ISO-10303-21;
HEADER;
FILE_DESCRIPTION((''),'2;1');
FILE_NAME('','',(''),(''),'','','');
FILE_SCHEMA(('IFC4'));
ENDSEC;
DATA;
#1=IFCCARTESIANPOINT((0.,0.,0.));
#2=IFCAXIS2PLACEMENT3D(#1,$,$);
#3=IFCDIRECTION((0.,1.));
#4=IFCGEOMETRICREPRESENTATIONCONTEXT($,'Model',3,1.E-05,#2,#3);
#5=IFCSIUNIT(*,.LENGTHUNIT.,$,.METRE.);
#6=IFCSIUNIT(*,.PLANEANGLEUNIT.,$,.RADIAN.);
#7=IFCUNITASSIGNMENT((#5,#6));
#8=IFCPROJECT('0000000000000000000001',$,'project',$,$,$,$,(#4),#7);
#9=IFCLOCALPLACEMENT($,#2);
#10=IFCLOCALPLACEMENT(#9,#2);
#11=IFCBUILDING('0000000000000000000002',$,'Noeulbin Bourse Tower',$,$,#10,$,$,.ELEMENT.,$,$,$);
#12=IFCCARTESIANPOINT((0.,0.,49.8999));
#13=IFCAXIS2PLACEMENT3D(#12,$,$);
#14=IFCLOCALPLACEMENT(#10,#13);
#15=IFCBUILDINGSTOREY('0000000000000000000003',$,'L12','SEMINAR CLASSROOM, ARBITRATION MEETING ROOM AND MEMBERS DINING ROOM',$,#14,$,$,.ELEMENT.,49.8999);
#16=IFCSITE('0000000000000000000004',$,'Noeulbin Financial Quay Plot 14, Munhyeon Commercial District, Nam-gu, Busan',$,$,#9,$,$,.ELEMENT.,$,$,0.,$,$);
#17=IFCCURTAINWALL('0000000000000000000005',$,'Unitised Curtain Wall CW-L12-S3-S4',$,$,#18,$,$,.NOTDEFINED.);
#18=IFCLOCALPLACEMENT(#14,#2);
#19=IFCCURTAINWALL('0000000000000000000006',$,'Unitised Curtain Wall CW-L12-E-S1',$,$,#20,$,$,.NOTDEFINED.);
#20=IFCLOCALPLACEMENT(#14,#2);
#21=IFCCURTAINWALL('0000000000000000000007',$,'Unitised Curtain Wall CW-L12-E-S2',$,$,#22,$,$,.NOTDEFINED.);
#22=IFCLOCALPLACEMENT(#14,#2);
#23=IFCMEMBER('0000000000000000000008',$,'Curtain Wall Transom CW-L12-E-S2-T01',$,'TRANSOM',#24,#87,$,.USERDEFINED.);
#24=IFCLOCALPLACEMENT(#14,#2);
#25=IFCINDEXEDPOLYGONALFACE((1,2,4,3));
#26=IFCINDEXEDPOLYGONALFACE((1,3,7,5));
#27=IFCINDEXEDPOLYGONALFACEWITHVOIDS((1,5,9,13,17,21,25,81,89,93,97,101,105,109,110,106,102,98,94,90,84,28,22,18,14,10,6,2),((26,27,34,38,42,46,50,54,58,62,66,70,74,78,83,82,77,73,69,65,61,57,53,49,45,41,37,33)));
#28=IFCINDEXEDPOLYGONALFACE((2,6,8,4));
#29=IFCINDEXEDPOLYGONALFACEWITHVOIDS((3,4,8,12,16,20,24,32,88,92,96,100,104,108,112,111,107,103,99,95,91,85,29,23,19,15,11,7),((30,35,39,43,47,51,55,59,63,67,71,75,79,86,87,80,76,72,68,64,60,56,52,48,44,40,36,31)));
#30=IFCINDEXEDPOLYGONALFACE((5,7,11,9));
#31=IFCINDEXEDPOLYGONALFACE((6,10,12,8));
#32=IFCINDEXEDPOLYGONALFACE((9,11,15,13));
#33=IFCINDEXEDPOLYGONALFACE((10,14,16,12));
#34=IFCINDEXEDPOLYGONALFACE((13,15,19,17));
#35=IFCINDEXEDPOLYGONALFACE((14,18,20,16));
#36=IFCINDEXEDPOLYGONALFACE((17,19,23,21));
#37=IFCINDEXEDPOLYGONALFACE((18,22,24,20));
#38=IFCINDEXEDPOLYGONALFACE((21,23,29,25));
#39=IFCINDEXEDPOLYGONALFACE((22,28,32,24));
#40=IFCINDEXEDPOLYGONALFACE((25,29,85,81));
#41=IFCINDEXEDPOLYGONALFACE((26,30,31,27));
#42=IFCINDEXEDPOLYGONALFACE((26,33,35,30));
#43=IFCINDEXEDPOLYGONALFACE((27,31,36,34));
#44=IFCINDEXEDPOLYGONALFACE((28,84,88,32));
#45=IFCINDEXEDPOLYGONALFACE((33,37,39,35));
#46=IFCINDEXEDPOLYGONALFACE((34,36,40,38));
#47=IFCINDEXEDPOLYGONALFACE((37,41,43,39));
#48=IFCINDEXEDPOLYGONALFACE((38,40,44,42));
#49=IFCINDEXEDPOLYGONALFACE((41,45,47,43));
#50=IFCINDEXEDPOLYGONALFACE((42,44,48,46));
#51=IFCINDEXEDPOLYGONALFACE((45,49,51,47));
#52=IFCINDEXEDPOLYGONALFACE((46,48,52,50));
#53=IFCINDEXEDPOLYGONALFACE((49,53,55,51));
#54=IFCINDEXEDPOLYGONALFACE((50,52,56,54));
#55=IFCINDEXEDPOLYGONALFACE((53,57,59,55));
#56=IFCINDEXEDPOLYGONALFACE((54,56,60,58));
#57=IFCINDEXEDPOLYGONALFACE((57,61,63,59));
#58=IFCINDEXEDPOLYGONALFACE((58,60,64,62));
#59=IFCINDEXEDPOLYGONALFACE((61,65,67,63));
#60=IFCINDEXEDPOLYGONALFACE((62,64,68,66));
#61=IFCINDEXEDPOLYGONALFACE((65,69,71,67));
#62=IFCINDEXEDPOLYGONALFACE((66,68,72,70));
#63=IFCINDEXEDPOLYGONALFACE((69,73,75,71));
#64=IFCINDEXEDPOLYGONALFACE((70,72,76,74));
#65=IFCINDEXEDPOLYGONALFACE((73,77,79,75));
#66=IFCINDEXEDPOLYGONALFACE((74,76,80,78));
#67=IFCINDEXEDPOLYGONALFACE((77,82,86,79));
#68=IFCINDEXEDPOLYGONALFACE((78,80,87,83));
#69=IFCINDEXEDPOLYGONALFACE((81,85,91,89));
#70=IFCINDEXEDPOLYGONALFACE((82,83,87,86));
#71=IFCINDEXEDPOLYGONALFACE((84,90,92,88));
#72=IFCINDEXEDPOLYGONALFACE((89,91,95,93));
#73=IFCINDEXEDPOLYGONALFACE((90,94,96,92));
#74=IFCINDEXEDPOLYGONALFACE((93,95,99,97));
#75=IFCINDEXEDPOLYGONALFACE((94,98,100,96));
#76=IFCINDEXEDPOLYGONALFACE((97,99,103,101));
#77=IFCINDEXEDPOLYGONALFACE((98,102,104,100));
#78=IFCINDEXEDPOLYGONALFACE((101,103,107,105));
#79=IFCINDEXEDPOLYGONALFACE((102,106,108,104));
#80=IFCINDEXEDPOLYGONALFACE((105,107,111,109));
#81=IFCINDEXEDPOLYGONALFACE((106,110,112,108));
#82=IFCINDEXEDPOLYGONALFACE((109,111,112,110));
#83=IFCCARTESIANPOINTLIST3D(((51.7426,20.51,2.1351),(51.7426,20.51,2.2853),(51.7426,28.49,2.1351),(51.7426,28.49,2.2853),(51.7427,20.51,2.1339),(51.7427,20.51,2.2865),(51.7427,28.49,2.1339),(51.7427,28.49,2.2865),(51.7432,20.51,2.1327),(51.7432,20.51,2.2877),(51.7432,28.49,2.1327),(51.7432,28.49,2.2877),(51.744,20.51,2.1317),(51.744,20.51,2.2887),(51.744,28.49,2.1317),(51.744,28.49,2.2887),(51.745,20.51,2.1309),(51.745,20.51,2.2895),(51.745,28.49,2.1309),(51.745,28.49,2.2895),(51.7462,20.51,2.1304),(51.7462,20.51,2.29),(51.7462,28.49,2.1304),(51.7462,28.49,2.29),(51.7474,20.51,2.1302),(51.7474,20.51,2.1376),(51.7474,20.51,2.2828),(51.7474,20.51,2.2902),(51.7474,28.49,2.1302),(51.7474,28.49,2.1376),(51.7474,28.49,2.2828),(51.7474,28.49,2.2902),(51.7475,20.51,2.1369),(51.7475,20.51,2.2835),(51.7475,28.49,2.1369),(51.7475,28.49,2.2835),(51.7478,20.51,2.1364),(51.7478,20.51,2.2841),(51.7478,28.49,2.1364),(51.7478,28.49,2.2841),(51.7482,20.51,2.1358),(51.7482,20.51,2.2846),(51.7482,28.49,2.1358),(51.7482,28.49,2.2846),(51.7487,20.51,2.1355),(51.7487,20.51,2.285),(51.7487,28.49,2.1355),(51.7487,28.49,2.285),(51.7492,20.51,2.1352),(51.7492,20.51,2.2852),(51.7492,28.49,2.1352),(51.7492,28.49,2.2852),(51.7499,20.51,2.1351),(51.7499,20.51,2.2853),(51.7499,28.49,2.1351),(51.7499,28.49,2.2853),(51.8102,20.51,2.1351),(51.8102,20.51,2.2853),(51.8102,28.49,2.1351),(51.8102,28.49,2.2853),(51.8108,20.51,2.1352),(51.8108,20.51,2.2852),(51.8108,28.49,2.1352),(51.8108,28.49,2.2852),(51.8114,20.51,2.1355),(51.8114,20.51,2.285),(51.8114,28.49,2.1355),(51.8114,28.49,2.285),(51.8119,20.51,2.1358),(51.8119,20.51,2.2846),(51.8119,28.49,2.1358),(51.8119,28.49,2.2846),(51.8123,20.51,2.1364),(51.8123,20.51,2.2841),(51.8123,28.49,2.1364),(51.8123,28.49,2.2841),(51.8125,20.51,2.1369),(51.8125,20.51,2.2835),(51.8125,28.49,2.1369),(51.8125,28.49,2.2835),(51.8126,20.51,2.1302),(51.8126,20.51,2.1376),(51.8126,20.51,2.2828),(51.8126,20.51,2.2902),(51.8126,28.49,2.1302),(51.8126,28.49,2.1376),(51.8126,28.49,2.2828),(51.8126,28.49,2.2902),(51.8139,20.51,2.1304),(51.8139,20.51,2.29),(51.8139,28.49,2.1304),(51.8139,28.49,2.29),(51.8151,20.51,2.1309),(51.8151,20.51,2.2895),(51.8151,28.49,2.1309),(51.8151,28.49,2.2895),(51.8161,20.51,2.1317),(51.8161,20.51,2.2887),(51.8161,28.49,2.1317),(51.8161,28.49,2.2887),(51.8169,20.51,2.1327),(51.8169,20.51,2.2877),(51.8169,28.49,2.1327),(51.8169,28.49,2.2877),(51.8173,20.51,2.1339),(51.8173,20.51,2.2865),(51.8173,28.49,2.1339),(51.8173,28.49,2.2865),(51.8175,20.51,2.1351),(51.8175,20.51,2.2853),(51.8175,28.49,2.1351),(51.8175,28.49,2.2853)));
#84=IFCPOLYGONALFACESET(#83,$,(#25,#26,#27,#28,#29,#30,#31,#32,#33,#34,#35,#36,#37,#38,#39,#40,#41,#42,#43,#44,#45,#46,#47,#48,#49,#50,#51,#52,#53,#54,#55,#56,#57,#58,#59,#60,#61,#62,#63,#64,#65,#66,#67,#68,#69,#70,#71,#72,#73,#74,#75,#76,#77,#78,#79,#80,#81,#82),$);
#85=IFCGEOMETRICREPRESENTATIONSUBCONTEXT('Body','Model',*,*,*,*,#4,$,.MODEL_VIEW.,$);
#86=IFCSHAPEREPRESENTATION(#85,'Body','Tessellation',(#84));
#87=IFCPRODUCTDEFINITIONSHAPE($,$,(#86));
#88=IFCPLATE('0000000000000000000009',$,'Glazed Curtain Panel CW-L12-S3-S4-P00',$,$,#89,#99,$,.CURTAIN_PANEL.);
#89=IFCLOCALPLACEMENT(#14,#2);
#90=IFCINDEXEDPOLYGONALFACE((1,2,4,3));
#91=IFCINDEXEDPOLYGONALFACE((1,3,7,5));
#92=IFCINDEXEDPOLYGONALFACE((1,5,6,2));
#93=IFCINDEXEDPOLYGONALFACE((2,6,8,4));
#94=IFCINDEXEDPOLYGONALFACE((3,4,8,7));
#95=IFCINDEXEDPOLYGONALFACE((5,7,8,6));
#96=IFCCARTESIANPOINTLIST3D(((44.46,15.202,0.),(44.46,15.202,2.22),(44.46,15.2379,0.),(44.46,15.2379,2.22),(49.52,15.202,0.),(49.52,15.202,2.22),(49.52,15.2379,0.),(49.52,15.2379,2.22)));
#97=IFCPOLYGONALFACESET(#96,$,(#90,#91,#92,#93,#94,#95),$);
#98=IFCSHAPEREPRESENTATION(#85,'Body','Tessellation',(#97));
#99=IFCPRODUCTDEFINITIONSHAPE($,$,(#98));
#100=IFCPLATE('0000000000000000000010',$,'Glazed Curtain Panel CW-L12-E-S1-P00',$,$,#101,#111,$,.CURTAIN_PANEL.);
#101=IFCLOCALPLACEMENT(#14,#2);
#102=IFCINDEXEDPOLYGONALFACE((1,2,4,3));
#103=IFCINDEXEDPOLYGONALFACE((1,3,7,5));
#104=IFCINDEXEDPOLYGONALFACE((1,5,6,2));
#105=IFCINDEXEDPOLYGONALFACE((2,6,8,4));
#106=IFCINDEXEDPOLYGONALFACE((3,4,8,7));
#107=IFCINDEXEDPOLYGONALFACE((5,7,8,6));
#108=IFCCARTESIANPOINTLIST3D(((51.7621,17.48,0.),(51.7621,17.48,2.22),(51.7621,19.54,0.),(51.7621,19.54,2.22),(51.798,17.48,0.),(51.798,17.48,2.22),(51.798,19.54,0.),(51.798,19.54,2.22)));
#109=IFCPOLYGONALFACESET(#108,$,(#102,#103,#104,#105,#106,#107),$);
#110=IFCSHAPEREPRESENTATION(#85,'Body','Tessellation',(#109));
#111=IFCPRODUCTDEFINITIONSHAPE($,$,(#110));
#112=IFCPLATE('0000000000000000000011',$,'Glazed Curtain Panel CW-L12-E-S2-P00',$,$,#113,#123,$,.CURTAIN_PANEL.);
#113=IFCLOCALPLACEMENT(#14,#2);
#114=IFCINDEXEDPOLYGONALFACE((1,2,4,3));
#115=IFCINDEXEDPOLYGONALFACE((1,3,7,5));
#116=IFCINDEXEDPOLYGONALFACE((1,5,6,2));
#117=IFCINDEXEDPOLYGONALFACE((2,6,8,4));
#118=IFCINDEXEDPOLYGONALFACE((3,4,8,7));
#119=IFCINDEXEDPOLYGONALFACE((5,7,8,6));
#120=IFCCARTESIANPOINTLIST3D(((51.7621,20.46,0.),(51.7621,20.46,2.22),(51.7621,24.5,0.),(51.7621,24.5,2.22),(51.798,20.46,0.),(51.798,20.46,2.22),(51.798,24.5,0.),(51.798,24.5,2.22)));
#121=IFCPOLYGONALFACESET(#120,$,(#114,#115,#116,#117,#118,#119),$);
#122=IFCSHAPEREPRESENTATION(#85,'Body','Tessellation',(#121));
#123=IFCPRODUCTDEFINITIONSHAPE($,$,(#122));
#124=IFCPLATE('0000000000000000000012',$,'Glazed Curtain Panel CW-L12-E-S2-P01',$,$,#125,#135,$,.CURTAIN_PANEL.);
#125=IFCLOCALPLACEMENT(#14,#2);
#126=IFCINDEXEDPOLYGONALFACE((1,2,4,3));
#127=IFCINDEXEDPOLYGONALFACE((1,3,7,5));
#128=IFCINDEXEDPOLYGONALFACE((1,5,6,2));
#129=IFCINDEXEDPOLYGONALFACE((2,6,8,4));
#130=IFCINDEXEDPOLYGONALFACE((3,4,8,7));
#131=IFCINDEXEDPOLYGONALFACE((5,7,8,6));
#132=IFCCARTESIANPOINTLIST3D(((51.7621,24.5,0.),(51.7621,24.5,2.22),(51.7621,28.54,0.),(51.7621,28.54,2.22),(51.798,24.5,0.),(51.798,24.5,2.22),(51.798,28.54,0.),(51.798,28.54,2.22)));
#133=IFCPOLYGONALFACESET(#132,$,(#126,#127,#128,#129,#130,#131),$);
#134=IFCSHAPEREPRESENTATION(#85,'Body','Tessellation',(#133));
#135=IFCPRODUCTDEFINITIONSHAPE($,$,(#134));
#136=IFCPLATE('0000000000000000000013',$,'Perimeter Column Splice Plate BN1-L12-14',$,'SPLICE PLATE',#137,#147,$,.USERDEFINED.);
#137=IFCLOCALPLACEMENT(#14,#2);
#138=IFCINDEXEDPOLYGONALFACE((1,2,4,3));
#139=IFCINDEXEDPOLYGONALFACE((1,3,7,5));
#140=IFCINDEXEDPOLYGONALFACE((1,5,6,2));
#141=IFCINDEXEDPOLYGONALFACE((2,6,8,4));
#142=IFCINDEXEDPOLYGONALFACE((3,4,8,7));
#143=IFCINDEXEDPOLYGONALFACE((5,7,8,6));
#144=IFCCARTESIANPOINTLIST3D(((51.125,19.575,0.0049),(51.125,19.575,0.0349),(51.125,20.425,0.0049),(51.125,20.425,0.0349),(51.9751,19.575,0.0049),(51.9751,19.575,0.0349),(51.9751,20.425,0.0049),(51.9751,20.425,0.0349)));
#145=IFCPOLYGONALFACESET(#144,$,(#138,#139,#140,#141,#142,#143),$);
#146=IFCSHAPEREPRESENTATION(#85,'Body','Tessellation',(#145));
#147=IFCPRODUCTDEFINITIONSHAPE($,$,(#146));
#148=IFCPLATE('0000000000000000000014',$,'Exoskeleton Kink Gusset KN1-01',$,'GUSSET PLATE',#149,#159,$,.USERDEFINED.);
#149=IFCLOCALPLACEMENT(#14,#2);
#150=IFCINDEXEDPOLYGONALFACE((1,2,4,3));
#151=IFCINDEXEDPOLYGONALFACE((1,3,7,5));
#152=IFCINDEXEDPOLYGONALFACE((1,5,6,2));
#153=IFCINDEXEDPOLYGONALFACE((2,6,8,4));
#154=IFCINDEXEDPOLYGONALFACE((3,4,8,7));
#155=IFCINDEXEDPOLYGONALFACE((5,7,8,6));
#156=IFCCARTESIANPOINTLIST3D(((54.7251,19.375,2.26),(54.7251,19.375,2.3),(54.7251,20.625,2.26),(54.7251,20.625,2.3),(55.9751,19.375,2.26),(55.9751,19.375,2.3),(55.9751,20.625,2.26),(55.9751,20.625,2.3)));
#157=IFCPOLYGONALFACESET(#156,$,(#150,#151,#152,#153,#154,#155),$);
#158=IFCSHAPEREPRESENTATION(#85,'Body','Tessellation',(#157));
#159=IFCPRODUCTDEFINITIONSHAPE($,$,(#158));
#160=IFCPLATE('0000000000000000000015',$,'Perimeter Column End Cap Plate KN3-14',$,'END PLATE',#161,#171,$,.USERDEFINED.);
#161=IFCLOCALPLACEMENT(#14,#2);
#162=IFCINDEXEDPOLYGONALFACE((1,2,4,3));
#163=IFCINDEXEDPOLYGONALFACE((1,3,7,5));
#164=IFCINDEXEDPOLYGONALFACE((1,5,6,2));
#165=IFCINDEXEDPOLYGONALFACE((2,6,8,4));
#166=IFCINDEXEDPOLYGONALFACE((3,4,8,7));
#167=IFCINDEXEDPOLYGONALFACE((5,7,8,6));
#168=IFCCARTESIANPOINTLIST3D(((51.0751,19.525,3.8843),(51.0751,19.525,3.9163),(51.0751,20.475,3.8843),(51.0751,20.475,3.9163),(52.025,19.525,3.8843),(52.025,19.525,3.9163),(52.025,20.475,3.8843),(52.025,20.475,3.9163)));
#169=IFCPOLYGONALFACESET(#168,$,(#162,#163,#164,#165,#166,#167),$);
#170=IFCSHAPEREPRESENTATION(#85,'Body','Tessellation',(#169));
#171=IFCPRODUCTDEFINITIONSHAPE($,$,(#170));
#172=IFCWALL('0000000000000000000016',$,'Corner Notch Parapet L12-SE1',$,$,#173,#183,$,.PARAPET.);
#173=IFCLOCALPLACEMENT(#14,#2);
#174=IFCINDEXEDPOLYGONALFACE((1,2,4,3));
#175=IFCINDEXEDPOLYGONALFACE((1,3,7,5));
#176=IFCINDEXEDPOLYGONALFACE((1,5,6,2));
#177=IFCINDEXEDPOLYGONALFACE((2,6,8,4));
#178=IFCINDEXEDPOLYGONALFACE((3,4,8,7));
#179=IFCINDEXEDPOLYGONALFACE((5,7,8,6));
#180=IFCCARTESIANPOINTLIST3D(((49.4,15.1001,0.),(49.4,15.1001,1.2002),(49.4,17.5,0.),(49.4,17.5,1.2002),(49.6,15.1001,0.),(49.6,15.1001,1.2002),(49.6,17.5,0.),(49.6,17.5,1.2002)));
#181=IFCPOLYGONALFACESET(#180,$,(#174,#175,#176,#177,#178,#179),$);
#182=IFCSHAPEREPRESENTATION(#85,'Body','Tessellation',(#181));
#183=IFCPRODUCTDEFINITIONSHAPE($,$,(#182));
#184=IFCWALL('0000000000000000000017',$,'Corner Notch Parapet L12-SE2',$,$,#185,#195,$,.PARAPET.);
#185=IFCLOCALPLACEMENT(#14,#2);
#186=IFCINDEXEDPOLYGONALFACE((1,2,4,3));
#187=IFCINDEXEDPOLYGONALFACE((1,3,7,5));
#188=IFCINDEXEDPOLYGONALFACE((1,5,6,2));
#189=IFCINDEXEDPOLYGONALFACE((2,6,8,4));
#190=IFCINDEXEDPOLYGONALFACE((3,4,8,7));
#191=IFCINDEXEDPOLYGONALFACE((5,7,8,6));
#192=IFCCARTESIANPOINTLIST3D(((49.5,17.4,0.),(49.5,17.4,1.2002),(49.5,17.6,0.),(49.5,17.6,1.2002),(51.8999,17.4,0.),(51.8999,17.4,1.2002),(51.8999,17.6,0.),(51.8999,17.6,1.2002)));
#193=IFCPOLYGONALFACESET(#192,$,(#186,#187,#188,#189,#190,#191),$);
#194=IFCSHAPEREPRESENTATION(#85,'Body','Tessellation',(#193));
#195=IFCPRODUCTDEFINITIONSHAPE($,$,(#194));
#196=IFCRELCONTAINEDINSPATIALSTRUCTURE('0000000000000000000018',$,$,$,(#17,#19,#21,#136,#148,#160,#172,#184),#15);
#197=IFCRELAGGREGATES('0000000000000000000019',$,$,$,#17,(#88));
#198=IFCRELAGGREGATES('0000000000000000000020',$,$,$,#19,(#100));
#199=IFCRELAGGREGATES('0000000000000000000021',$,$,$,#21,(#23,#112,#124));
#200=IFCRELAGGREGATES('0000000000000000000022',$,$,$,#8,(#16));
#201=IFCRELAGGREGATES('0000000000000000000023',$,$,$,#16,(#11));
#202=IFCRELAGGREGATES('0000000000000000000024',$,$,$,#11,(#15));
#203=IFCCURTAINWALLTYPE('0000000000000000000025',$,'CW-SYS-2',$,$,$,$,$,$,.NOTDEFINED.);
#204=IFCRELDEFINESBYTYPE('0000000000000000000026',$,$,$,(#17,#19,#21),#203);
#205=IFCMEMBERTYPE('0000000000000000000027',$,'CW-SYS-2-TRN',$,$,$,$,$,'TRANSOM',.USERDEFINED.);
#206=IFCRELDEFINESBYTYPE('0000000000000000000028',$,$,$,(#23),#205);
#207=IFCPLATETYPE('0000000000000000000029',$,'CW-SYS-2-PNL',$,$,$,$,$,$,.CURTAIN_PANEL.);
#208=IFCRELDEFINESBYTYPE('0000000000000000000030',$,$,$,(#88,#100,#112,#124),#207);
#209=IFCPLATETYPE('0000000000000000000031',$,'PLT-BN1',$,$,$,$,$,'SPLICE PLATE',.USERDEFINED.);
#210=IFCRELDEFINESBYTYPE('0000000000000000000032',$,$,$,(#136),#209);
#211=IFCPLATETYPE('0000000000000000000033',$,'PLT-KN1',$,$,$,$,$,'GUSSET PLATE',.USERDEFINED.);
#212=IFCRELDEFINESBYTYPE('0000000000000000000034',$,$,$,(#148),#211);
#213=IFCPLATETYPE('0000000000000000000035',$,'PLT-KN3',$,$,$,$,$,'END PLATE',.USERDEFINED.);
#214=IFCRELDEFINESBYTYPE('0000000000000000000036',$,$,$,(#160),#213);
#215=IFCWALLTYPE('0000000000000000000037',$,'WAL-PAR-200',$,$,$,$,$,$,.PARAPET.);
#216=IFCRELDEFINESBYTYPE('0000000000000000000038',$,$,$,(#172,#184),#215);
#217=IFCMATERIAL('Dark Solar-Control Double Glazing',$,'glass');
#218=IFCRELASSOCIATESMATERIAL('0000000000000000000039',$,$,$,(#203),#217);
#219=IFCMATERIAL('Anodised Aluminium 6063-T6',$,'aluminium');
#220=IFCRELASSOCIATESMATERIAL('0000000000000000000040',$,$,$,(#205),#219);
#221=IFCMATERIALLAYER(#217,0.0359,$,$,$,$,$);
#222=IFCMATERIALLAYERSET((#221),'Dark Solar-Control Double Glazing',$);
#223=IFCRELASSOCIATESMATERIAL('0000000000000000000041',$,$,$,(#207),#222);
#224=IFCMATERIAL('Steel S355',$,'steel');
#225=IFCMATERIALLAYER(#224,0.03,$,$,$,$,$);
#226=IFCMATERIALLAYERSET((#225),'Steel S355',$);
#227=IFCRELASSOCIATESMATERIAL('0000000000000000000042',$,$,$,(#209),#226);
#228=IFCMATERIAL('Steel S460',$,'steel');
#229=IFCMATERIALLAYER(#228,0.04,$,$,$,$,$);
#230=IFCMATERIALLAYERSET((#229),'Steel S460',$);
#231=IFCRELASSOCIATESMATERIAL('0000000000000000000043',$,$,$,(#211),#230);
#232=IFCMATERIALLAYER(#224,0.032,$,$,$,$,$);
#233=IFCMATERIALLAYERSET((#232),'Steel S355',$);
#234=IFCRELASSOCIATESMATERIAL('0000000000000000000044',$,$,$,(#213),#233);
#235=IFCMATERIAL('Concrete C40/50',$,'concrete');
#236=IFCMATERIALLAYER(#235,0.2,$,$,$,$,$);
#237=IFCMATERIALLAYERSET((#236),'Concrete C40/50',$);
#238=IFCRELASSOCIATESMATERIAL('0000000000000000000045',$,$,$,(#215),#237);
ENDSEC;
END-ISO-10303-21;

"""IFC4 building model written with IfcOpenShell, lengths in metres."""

from ifc_helpers import new_model, si_unit, direction, frame, frame_2d, origin, origin_2d, place, context, subcontext, project, spatial, rectangle, hollow_rectangle, extrude, material, layer, layer_set, material_profile, profile_set, type_object, element, aggregate, save


model = new_model("IFC4")

# Units and contexts
model_context = context("Model", 3, precision=1e-05, world=origin(), true_north=direction((0.0, 1.0)))
body_context = subcontext(model_context, "Body", "Model", "MODEL_VIEW")
ifc_project = project(units=[si_unit("LENGTHUNIT", "METRE"), si_unit("PLANEANGLEUNIT", "RADIAN")], contexts=[model_context])

# Site, building, storey
site_placement = place(None, origin())
site = spatial("IfcSite", under=ifc_project, at=site_placement, Name="Noeulbin Financial Quay Plot 14, Munhyeon Commercial District, Nam-gu, Busan", CompositionType="ELEMENT", RefElevation=0.0)
building_placement = place(site_placement, origin())
building = spatial("IfcBuilding", under=site, at=building_placement, Name="Noeulbin Bourse Tower", CompositionType="ELEMENT")
storey_placement = place(building_placement, frame((0.0, 0.0, 49.8999)))
storey = spatial("IfcBuildingStorey", under=building, at=storey_placement, Name="L12", Description="SEMINAR CLASSROOM, ARBITRATION MEETING ROOM AND MEMBERS DINING ROOM", CompositionType="ELEMENT", Elevation=49.8999)

# Shared definitions
ifc_material_1 = material(Name="Steel S355", Category="steel")
ifc_material_2 = material(Name="Steel S460", Category="steel")

# Curtain wall
ifc_material_3 = material(Name="Dark Solar-Control Double Glazing", Category="glass")
curtain_wall_type = type_object("IfcCurtainWallType", Name="CW-SYS-2", PredefinedType="NOTDEFINED", material=ifc_material_3)
curtain_wall_1_placement = place(storey_placement, origin())
curtain_wall_1 = element("IfcCurtainWall", 1, at=curtain_wall_1_placement, inside=storey, type_object=curtain_wall_type, Name="Unitised Curtain Wall CW-L12-S3-S4", PredefinedType="NOTDEFINED")
ifc_material_4 = material(Name="Anodised Aluminium 6063-T6", Category="aluminium")

# Curtain walls
curtain_wall_2_placement = place(storey_placement, origin())
curtain_wall_2 = element("IfcCurtainWall", 2, at=curtain_wall_2_placement, inside=storey, type_object=curtain_wall_type, Name="Unitised Curtain Wall CW-L12-E-S1", PredefinedType="NOTDEFINED")
curtain_wall_3_placement = place(storey_placement, origin())
curtain_wall_3 = element("IfcCurtainWall", 3, at=curtain_wall_3_placement, inside=storey, type_object=curtain_wall_type, Name="Unitised Curtain Wall CW-L12-E-S2", PredefinedType="NOTDEFINED")

# Member
ifc_material_profile_1 = material_profile(ifc_material_4, hollow_rectangle(XDim=0.075, YDim=0.1599, WallThickness=0.0049, InnerFilletRadius=0.0024, OuterFilletRadius=0.0049, at=origin_2d()), Name="ALU-TRAN-75x160x5", Category="LoadBearing")
ifc_profile_set_1 = profile_set([ifc_material_profile_1], Name="Anodised Aluminium 6063-T6")
member_type_1 = type_object("IfcMemberType", Name="CW-SYS-2-TRN", ElementType="TRANSOM", PredefinedType="USERDEFINED", material=ifc_profile_set_1)
member_1_placement = place(storey_placement, frame((51.78, 20.51, 2.2102), z_axis=(0.0, 1.0, 0.0), x_axis=(-1.0, 0.0, 0.0)))
member_1 = element("IfcMember", 4, at=member_1_placement, type_object=member_type_1, Name="Curtain Wall Transom CW-L12-E-S2-T01", ObjectType="TRANSOM", PredefinedType="USERDEFINED", context=body_context, shape_type="SweptSolid", body=[
    extrude(hollow_rectangle(XDim=0.075, YDim=0.1599, WallThickness=0.0049, InnerFilletRadius=0.0024, OuterFilletRadius=0.0049, at=origin_2d()), origin(), (0.0, 0.0, 1.0), 7.98),
])

# Plates
ifc_layer_1 = layer(ifc_material_3, 0.0359)
ifc_layer_set_1 = layer_set([ifc_layer_1], Name="Dark Solar-Control Double Glazing")
plate_type_1 = type_object("IfcPlateType", Name="CW-SYS-2-PNL", PredefinedType="CURTAIN_PANEL", material=ifc_layer_set_1)
plate_1_placement = place(storey_placement, frame((46.99, 15.22, 0.0), z_axis=(0.0, 0.0, 1.0), x_axis=(1.0, 0.0, 0.0)))
plate_1 = element("IfcPlate", 5, at=plate_1_placement, type_object=plate_type_1, Name="Glazed Curtain Panel CW-L12-S3-S4-P00", PredefinedType="CURTAIN_PANEL", context=body_context, shape_type="SweptSolid", body=[
    extrude(rectangle(XDim=5.0601, YDim=0.0359, at=origin_2d()), origin(), (0.0, 0.0, 1.0), 2.22),
])
aggregate(curtain_wall_1, [plate_1])
plate_2_placement = place(storey_placement, frame((51.78, 18.51, 0.0), z_axis=(0.0, 0.0, 1.0), x_axis=(0.0, 1.0, 0.0)))
plate_2 = element("IfcPlate", 6, at=plate_2_placement, type_object=plate_type_1, Name="Glazed Curtain Panel CW-L12-E-S1-P00", PredefinedType="CURTAIN_PANEL", context=body_context, shape_type="SweptSolid", body=[
    extrude(rectangle(XDim=2.0601, YDim=0.0359, at=origin_2d()), origin(), (0.0, 0.0, 1.0), 2.22),
])
aggregate(curtain_wall_2, [plate_2])
plate_3_placement = place(storey_placement, frame((51.78, 22.48, 0.0), z_axis=(0.0, 0.0, 1.0), x_axis=(0.0, 1.0, 0.0)))
plate_3 = element("IfcPlate", 7, at=plate_3_placement, type_object=plate_type_1, Name="Glazed Curtain Panel CW-L12-E-S2-P00", PredefinedType="CURTAIN_PANEL", context=body_context, shape_type="SweptSolid", body=[
    extrude(rectangle(XDim=4.04, YDim=0.0359, at=origin_2d()), origin(), (0.0, 0.0, 1.0), 2.22),
])
plate_4_placement = place(storey_placement, frame((51.78, 26.52, 0.0), z_axis=(0.0, 0.0, 1.0), x_axis=(0.0, 1.0, 0.0)))
plate_4 = element("IfcPlate", 8, at=plate_4_placement, type_object=plate_type_1, Name="Glazed Curtain Panel CW-L12-E-S2-P01", PredefinedType="CURTAIN_PANEL", context=body_context, shape_type="SweptSolid", body=[
    extrude(rectangle(XDim=4.04, YDim=0.0359, at=origin_2d()), origin(), (0.0, 0.0, 1.0), 2.22),
])
aggregate(curtain_wall_3, [member_1, plate_3, plate_4])

# Plates
ifc_layer_2 = layer(ifc_material_1, 0.03)
ifc_layer_set_2 = layer_set([ifc_layer_2], Name="Steel S355")
plate_type_2 = type_object("IfcPlateType", Name="PLT-BN1", ElementType="SPLICE PLATE", PredefinedType="USERDEFINED", material=ifc_layer_set_2)
plate_5_placement = place(storey_placement, frame((51.55, 20.0, 0.0049), z_axis=(0.0, 0.0, 1.0), x_axis=(1.0, 0.0, 0.0)))
element("IfcPlate", 9, at=plate_5_placement, inside=storey, type_object=plate_type_2, Name="Perimeter Column Splice Plate BN1-L12-14", ObjectType="SPLICE PLATE", PredefinedType="USERDEFINED", context=body_context, shape_type="SweptSolid", body=[
    extrude(rectangle(XDim=0.8501, YDim=0.8501, at=origin_2d()), origin(), (0.0, 0.0, 1.0), 0.03),
])
ifc_layer_3 = layer(ifc_material_2, 0.04)
ifc_layer_set_3 = layer_set([ifc_layer_3], Name="Steel S460")
plate_type_3 = type_object("IfcPlateType", Name="PLT-KN1", ElementType="GUSSET PLATE", PredefinedType="USERDEFINED", material=ifc_layer_set_3)
plate_6_placement = place(storey_placement, frame((55.3501, 20.0, 2.26), z_axis=(0.0, 0.0, 1.0), x_axis=(1.0, 0.0, 0.0)))
element("IfcPlate", 10, at=plate_6_placement, inside=storey, type_object=plate_type_3, Name="Exoskeleton Kink Gusset KN1-01", ObjectType="GUSSET PLATE", PredefinedType="USERDEFINED", context=body_context, shape_type="SweptSolid", body=[
    extrude(rectangle(XDim=1.25, YDim=1.25, at=origin_2d()), origin(), (0.0, 0.0, 1.0), 0.04),
])
ifc_layer_4 = layer(ifc_material_1, 0.032)
ifc_layer_set_4 = layer_set([ifc_layer_4], Name="Steel S355")
plate_type_4 = type_object("IfcPlateType", Name="PLT-KN3", ElementType="END PLATE", PredefinedType="USERDEFINED", material=ifc_layer_set_4)
plate_7_placement = place(storey_placement, frame((51.55, 20.0, 3.8843), z_axis=(0.0, 0.0, 1.0), x_axis=(1.0, 0.0, 0.0)))
element("IfcPlate", 11, at=plate_7_placement, inside=storey, type_object=plate_type_4, Name="Perimeter Column End Cap Plate KN3-14", ObjectType="END PLATE", PredefinedType="USERDEFINED", context=body_context, shape_type="SweptSolid", body=[
    extrude(rectangle(XDim=0.95, YDim=0.95, at=origin_2d()), origin(), (0.0, 0.0, 1.0), 0.032),
])

# Walls
ifc_material_5 = material(Name="Concrete C40/50", Category="concrete")
ifc_layer_5 = layer(ifc_material_5, 0.2)
ifc_layer_set_5 = layer_set([ifc_layer_5], Name="Concrete C40/50")
wall_type_1 = type_object("IfcWallType", Name="WAL-PAR-200", PredefinedType="PARAPET", material=ifc_layer_set_5)
for number, where, z_axis, x_axis, name in (
    (12, (49.5, 15.1001, 0.0), (0.0, 0.0, 1.0), (0.0, 1.0, 0.0), "Corner Notch Parapet L12-SE1"),
    (13, (49.5, 17.5, 0.0), (0.0, 0.0, 1.0), (1.0, 0.0, 0.0), "Corner Notch Parapet L12-SE2"),
):
    element("IfcWall", number, at=place(storey_placement, frame(where, z_axis=z_axis, x_axis=x_axis)), inside=storey, type_object=wall_type_1, Name=name, PredefinedType="PARAPET", context=body_context, shape_type="SweptSolid", body=[
        extrude(rectangle(XDim=2.3999, YDim=0.2, at=frame_2d((1.2, 0.0))), origin(), (0.0, 0.0, 1.0), 1.2002),
    ])

save(model, "model.ifc")
